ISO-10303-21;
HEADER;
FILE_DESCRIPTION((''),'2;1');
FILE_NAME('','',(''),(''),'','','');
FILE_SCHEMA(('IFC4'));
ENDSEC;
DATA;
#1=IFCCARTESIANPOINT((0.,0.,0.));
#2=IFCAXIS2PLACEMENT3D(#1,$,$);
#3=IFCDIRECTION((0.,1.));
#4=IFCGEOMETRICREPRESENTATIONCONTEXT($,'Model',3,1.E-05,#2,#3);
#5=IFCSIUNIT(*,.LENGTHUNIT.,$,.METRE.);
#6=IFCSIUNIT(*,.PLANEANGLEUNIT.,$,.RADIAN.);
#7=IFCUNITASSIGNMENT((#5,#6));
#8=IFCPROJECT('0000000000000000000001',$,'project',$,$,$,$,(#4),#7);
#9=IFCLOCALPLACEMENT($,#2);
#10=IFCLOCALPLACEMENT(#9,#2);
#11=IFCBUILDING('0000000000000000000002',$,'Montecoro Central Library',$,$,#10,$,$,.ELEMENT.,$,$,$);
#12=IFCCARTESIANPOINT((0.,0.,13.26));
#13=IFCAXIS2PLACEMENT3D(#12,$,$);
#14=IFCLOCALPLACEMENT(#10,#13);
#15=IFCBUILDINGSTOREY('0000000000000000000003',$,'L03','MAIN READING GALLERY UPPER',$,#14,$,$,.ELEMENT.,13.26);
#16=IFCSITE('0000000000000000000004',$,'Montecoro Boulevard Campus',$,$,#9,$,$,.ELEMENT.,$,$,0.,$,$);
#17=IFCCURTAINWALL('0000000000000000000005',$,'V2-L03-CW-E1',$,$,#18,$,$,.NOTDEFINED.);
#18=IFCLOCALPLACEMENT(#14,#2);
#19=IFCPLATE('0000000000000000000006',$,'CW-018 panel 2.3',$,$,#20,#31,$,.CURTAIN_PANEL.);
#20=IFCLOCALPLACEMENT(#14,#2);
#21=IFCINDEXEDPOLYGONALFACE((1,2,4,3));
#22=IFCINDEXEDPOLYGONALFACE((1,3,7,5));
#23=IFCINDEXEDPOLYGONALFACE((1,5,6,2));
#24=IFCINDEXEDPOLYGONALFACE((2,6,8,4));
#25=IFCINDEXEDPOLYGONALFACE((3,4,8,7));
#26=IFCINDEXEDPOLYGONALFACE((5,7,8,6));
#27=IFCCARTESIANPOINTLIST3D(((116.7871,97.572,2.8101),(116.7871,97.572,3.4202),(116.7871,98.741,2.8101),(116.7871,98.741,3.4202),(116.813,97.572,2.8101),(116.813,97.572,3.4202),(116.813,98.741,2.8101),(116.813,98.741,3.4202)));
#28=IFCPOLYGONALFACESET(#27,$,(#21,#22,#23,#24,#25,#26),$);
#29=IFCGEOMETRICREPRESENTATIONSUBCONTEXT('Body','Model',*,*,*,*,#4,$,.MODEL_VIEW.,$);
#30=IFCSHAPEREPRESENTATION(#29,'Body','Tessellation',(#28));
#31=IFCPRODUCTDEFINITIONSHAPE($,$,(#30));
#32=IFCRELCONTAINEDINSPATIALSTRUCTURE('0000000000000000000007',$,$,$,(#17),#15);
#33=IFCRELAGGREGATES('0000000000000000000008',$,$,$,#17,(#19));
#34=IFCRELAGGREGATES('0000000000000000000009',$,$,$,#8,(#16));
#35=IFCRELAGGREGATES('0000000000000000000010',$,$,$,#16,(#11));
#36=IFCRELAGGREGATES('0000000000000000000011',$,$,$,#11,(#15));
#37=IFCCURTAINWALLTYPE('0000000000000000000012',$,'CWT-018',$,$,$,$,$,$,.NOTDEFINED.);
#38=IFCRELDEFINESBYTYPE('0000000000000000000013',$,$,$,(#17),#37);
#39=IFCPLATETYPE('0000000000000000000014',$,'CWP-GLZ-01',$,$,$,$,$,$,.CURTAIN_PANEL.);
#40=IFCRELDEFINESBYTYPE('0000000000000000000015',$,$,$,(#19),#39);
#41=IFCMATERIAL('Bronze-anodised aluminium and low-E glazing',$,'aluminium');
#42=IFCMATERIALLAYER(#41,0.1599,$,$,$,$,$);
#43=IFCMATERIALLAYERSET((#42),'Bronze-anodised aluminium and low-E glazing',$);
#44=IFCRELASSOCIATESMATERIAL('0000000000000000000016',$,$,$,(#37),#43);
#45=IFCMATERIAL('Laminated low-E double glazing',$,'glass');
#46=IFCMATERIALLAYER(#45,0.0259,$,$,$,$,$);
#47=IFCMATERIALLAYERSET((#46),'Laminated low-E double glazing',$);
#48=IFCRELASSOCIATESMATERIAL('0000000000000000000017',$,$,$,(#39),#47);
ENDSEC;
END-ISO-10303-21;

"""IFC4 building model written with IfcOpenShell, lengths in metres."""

from ifc_helpers import new_model, si_unit, direction, frame, origin, origin_2d, place, context, subcontext, project, spatial, rectangle, extrude, material, layer, layer_set, type_object, element, aggregate, save


model = new_model("IFC4")

# Units and contexts
model_context = context("Model", 3, precision=1e-05, world=origin(), true_north=direction((0.0, 1.0)))
body_context = subcontext(model_context, "Body", "Model", "MODEL_VIEW")
ifc_project = project(units=[si_unit("LENGTHUNIT", "METRE"), si_unit("PLANEANGLEUNIT", "RADIAN")], contexts=[model_context])

# Site, building, storey
site_placement = place(None, origin())
site = spatial("IfcSite", under=ifc_project, at=site_placement, Name="Montecoro Boulevard Campus", CompositionType="ELEMENT", RefElevation=0.0)
building_placement = place(site_placement, origin())
building = spatial("IfcBuilding", under=site, at=building_placement, Name="Montecoro Central Library", CompositionType="ELEMENT")
storey_placement = place(building_placement, frame((0.0, 0.0, 13.26)))
storey = spatial("IfcBuildingStorey", under=building, at=storey_placement, Name="L03", Description="MAIN READING GALLERY UPPER", CompositionType="ELEMENT", Elevation=13.26)

# Curtain wall, plate
ifc_material_1 = material(Name="Bronze-anodised aluminium and low-E glazing", Category="aluminium")
ifc_layer_1 = layer(ifc_material_1, 0.1599)
ifc_layer_set_1 = layer_set([ifc_layer_1], Name="Bronze-anodised aluminium and low-E glazing")
curtain_wall_type = type_object("IfcCurtainWallType", Name="CWT-018", PredefinedType="NOTDEFINED", material=ifc_layer_set_1)
curtain_wall_placement = place(storey_placement, origin())
curtain_wall = element("IfcCurtainWall", 1, at=curtain_wall_placement, inside=storey, type_object=curtain_wall_type, Name="V2-L03-CW-E1", PredefinedType="NOTDEFINED")
ifc_material_2 = material(Name="Laminated low-E double glazing", Category="glass")
ifc_layer_2 = layer(ifc_material_2, 0.0259)
ifc_layer_set_2 = layer_set([ifc_layer_2], Name="Laminated low-E double glazing")
plate_type = type_object("IfcPlateType", Name="CWP-GLZ-01", PredefinedType="CURTAIN_PANEL", material=ifc_layer_set_2)
plate_1_placement = place(storey_placement, frame((116.8, 98.1565, 2.8101), z_axis=(0.0, 0.0, 1.0), x_axis=(0.0, 1.0, 0.0)))
plate_1 = element("IfcPlate", 2, at=plate_1_placement, type_object=plate_type, Name="CW-018 panel 2.3", PredefinedType="CURTAIN_PANEL", context=body_context, shape_type="SweptSolid", body=[
    extrude(rectangle(XDim=1.1689, YDim=0.0259, at=origin_2d()), origin(), (0.0, 0.0, 1.0), 0.6101),
])
aggregate(curtain_wall, [plate_1])

save(model, "model.ifc")
